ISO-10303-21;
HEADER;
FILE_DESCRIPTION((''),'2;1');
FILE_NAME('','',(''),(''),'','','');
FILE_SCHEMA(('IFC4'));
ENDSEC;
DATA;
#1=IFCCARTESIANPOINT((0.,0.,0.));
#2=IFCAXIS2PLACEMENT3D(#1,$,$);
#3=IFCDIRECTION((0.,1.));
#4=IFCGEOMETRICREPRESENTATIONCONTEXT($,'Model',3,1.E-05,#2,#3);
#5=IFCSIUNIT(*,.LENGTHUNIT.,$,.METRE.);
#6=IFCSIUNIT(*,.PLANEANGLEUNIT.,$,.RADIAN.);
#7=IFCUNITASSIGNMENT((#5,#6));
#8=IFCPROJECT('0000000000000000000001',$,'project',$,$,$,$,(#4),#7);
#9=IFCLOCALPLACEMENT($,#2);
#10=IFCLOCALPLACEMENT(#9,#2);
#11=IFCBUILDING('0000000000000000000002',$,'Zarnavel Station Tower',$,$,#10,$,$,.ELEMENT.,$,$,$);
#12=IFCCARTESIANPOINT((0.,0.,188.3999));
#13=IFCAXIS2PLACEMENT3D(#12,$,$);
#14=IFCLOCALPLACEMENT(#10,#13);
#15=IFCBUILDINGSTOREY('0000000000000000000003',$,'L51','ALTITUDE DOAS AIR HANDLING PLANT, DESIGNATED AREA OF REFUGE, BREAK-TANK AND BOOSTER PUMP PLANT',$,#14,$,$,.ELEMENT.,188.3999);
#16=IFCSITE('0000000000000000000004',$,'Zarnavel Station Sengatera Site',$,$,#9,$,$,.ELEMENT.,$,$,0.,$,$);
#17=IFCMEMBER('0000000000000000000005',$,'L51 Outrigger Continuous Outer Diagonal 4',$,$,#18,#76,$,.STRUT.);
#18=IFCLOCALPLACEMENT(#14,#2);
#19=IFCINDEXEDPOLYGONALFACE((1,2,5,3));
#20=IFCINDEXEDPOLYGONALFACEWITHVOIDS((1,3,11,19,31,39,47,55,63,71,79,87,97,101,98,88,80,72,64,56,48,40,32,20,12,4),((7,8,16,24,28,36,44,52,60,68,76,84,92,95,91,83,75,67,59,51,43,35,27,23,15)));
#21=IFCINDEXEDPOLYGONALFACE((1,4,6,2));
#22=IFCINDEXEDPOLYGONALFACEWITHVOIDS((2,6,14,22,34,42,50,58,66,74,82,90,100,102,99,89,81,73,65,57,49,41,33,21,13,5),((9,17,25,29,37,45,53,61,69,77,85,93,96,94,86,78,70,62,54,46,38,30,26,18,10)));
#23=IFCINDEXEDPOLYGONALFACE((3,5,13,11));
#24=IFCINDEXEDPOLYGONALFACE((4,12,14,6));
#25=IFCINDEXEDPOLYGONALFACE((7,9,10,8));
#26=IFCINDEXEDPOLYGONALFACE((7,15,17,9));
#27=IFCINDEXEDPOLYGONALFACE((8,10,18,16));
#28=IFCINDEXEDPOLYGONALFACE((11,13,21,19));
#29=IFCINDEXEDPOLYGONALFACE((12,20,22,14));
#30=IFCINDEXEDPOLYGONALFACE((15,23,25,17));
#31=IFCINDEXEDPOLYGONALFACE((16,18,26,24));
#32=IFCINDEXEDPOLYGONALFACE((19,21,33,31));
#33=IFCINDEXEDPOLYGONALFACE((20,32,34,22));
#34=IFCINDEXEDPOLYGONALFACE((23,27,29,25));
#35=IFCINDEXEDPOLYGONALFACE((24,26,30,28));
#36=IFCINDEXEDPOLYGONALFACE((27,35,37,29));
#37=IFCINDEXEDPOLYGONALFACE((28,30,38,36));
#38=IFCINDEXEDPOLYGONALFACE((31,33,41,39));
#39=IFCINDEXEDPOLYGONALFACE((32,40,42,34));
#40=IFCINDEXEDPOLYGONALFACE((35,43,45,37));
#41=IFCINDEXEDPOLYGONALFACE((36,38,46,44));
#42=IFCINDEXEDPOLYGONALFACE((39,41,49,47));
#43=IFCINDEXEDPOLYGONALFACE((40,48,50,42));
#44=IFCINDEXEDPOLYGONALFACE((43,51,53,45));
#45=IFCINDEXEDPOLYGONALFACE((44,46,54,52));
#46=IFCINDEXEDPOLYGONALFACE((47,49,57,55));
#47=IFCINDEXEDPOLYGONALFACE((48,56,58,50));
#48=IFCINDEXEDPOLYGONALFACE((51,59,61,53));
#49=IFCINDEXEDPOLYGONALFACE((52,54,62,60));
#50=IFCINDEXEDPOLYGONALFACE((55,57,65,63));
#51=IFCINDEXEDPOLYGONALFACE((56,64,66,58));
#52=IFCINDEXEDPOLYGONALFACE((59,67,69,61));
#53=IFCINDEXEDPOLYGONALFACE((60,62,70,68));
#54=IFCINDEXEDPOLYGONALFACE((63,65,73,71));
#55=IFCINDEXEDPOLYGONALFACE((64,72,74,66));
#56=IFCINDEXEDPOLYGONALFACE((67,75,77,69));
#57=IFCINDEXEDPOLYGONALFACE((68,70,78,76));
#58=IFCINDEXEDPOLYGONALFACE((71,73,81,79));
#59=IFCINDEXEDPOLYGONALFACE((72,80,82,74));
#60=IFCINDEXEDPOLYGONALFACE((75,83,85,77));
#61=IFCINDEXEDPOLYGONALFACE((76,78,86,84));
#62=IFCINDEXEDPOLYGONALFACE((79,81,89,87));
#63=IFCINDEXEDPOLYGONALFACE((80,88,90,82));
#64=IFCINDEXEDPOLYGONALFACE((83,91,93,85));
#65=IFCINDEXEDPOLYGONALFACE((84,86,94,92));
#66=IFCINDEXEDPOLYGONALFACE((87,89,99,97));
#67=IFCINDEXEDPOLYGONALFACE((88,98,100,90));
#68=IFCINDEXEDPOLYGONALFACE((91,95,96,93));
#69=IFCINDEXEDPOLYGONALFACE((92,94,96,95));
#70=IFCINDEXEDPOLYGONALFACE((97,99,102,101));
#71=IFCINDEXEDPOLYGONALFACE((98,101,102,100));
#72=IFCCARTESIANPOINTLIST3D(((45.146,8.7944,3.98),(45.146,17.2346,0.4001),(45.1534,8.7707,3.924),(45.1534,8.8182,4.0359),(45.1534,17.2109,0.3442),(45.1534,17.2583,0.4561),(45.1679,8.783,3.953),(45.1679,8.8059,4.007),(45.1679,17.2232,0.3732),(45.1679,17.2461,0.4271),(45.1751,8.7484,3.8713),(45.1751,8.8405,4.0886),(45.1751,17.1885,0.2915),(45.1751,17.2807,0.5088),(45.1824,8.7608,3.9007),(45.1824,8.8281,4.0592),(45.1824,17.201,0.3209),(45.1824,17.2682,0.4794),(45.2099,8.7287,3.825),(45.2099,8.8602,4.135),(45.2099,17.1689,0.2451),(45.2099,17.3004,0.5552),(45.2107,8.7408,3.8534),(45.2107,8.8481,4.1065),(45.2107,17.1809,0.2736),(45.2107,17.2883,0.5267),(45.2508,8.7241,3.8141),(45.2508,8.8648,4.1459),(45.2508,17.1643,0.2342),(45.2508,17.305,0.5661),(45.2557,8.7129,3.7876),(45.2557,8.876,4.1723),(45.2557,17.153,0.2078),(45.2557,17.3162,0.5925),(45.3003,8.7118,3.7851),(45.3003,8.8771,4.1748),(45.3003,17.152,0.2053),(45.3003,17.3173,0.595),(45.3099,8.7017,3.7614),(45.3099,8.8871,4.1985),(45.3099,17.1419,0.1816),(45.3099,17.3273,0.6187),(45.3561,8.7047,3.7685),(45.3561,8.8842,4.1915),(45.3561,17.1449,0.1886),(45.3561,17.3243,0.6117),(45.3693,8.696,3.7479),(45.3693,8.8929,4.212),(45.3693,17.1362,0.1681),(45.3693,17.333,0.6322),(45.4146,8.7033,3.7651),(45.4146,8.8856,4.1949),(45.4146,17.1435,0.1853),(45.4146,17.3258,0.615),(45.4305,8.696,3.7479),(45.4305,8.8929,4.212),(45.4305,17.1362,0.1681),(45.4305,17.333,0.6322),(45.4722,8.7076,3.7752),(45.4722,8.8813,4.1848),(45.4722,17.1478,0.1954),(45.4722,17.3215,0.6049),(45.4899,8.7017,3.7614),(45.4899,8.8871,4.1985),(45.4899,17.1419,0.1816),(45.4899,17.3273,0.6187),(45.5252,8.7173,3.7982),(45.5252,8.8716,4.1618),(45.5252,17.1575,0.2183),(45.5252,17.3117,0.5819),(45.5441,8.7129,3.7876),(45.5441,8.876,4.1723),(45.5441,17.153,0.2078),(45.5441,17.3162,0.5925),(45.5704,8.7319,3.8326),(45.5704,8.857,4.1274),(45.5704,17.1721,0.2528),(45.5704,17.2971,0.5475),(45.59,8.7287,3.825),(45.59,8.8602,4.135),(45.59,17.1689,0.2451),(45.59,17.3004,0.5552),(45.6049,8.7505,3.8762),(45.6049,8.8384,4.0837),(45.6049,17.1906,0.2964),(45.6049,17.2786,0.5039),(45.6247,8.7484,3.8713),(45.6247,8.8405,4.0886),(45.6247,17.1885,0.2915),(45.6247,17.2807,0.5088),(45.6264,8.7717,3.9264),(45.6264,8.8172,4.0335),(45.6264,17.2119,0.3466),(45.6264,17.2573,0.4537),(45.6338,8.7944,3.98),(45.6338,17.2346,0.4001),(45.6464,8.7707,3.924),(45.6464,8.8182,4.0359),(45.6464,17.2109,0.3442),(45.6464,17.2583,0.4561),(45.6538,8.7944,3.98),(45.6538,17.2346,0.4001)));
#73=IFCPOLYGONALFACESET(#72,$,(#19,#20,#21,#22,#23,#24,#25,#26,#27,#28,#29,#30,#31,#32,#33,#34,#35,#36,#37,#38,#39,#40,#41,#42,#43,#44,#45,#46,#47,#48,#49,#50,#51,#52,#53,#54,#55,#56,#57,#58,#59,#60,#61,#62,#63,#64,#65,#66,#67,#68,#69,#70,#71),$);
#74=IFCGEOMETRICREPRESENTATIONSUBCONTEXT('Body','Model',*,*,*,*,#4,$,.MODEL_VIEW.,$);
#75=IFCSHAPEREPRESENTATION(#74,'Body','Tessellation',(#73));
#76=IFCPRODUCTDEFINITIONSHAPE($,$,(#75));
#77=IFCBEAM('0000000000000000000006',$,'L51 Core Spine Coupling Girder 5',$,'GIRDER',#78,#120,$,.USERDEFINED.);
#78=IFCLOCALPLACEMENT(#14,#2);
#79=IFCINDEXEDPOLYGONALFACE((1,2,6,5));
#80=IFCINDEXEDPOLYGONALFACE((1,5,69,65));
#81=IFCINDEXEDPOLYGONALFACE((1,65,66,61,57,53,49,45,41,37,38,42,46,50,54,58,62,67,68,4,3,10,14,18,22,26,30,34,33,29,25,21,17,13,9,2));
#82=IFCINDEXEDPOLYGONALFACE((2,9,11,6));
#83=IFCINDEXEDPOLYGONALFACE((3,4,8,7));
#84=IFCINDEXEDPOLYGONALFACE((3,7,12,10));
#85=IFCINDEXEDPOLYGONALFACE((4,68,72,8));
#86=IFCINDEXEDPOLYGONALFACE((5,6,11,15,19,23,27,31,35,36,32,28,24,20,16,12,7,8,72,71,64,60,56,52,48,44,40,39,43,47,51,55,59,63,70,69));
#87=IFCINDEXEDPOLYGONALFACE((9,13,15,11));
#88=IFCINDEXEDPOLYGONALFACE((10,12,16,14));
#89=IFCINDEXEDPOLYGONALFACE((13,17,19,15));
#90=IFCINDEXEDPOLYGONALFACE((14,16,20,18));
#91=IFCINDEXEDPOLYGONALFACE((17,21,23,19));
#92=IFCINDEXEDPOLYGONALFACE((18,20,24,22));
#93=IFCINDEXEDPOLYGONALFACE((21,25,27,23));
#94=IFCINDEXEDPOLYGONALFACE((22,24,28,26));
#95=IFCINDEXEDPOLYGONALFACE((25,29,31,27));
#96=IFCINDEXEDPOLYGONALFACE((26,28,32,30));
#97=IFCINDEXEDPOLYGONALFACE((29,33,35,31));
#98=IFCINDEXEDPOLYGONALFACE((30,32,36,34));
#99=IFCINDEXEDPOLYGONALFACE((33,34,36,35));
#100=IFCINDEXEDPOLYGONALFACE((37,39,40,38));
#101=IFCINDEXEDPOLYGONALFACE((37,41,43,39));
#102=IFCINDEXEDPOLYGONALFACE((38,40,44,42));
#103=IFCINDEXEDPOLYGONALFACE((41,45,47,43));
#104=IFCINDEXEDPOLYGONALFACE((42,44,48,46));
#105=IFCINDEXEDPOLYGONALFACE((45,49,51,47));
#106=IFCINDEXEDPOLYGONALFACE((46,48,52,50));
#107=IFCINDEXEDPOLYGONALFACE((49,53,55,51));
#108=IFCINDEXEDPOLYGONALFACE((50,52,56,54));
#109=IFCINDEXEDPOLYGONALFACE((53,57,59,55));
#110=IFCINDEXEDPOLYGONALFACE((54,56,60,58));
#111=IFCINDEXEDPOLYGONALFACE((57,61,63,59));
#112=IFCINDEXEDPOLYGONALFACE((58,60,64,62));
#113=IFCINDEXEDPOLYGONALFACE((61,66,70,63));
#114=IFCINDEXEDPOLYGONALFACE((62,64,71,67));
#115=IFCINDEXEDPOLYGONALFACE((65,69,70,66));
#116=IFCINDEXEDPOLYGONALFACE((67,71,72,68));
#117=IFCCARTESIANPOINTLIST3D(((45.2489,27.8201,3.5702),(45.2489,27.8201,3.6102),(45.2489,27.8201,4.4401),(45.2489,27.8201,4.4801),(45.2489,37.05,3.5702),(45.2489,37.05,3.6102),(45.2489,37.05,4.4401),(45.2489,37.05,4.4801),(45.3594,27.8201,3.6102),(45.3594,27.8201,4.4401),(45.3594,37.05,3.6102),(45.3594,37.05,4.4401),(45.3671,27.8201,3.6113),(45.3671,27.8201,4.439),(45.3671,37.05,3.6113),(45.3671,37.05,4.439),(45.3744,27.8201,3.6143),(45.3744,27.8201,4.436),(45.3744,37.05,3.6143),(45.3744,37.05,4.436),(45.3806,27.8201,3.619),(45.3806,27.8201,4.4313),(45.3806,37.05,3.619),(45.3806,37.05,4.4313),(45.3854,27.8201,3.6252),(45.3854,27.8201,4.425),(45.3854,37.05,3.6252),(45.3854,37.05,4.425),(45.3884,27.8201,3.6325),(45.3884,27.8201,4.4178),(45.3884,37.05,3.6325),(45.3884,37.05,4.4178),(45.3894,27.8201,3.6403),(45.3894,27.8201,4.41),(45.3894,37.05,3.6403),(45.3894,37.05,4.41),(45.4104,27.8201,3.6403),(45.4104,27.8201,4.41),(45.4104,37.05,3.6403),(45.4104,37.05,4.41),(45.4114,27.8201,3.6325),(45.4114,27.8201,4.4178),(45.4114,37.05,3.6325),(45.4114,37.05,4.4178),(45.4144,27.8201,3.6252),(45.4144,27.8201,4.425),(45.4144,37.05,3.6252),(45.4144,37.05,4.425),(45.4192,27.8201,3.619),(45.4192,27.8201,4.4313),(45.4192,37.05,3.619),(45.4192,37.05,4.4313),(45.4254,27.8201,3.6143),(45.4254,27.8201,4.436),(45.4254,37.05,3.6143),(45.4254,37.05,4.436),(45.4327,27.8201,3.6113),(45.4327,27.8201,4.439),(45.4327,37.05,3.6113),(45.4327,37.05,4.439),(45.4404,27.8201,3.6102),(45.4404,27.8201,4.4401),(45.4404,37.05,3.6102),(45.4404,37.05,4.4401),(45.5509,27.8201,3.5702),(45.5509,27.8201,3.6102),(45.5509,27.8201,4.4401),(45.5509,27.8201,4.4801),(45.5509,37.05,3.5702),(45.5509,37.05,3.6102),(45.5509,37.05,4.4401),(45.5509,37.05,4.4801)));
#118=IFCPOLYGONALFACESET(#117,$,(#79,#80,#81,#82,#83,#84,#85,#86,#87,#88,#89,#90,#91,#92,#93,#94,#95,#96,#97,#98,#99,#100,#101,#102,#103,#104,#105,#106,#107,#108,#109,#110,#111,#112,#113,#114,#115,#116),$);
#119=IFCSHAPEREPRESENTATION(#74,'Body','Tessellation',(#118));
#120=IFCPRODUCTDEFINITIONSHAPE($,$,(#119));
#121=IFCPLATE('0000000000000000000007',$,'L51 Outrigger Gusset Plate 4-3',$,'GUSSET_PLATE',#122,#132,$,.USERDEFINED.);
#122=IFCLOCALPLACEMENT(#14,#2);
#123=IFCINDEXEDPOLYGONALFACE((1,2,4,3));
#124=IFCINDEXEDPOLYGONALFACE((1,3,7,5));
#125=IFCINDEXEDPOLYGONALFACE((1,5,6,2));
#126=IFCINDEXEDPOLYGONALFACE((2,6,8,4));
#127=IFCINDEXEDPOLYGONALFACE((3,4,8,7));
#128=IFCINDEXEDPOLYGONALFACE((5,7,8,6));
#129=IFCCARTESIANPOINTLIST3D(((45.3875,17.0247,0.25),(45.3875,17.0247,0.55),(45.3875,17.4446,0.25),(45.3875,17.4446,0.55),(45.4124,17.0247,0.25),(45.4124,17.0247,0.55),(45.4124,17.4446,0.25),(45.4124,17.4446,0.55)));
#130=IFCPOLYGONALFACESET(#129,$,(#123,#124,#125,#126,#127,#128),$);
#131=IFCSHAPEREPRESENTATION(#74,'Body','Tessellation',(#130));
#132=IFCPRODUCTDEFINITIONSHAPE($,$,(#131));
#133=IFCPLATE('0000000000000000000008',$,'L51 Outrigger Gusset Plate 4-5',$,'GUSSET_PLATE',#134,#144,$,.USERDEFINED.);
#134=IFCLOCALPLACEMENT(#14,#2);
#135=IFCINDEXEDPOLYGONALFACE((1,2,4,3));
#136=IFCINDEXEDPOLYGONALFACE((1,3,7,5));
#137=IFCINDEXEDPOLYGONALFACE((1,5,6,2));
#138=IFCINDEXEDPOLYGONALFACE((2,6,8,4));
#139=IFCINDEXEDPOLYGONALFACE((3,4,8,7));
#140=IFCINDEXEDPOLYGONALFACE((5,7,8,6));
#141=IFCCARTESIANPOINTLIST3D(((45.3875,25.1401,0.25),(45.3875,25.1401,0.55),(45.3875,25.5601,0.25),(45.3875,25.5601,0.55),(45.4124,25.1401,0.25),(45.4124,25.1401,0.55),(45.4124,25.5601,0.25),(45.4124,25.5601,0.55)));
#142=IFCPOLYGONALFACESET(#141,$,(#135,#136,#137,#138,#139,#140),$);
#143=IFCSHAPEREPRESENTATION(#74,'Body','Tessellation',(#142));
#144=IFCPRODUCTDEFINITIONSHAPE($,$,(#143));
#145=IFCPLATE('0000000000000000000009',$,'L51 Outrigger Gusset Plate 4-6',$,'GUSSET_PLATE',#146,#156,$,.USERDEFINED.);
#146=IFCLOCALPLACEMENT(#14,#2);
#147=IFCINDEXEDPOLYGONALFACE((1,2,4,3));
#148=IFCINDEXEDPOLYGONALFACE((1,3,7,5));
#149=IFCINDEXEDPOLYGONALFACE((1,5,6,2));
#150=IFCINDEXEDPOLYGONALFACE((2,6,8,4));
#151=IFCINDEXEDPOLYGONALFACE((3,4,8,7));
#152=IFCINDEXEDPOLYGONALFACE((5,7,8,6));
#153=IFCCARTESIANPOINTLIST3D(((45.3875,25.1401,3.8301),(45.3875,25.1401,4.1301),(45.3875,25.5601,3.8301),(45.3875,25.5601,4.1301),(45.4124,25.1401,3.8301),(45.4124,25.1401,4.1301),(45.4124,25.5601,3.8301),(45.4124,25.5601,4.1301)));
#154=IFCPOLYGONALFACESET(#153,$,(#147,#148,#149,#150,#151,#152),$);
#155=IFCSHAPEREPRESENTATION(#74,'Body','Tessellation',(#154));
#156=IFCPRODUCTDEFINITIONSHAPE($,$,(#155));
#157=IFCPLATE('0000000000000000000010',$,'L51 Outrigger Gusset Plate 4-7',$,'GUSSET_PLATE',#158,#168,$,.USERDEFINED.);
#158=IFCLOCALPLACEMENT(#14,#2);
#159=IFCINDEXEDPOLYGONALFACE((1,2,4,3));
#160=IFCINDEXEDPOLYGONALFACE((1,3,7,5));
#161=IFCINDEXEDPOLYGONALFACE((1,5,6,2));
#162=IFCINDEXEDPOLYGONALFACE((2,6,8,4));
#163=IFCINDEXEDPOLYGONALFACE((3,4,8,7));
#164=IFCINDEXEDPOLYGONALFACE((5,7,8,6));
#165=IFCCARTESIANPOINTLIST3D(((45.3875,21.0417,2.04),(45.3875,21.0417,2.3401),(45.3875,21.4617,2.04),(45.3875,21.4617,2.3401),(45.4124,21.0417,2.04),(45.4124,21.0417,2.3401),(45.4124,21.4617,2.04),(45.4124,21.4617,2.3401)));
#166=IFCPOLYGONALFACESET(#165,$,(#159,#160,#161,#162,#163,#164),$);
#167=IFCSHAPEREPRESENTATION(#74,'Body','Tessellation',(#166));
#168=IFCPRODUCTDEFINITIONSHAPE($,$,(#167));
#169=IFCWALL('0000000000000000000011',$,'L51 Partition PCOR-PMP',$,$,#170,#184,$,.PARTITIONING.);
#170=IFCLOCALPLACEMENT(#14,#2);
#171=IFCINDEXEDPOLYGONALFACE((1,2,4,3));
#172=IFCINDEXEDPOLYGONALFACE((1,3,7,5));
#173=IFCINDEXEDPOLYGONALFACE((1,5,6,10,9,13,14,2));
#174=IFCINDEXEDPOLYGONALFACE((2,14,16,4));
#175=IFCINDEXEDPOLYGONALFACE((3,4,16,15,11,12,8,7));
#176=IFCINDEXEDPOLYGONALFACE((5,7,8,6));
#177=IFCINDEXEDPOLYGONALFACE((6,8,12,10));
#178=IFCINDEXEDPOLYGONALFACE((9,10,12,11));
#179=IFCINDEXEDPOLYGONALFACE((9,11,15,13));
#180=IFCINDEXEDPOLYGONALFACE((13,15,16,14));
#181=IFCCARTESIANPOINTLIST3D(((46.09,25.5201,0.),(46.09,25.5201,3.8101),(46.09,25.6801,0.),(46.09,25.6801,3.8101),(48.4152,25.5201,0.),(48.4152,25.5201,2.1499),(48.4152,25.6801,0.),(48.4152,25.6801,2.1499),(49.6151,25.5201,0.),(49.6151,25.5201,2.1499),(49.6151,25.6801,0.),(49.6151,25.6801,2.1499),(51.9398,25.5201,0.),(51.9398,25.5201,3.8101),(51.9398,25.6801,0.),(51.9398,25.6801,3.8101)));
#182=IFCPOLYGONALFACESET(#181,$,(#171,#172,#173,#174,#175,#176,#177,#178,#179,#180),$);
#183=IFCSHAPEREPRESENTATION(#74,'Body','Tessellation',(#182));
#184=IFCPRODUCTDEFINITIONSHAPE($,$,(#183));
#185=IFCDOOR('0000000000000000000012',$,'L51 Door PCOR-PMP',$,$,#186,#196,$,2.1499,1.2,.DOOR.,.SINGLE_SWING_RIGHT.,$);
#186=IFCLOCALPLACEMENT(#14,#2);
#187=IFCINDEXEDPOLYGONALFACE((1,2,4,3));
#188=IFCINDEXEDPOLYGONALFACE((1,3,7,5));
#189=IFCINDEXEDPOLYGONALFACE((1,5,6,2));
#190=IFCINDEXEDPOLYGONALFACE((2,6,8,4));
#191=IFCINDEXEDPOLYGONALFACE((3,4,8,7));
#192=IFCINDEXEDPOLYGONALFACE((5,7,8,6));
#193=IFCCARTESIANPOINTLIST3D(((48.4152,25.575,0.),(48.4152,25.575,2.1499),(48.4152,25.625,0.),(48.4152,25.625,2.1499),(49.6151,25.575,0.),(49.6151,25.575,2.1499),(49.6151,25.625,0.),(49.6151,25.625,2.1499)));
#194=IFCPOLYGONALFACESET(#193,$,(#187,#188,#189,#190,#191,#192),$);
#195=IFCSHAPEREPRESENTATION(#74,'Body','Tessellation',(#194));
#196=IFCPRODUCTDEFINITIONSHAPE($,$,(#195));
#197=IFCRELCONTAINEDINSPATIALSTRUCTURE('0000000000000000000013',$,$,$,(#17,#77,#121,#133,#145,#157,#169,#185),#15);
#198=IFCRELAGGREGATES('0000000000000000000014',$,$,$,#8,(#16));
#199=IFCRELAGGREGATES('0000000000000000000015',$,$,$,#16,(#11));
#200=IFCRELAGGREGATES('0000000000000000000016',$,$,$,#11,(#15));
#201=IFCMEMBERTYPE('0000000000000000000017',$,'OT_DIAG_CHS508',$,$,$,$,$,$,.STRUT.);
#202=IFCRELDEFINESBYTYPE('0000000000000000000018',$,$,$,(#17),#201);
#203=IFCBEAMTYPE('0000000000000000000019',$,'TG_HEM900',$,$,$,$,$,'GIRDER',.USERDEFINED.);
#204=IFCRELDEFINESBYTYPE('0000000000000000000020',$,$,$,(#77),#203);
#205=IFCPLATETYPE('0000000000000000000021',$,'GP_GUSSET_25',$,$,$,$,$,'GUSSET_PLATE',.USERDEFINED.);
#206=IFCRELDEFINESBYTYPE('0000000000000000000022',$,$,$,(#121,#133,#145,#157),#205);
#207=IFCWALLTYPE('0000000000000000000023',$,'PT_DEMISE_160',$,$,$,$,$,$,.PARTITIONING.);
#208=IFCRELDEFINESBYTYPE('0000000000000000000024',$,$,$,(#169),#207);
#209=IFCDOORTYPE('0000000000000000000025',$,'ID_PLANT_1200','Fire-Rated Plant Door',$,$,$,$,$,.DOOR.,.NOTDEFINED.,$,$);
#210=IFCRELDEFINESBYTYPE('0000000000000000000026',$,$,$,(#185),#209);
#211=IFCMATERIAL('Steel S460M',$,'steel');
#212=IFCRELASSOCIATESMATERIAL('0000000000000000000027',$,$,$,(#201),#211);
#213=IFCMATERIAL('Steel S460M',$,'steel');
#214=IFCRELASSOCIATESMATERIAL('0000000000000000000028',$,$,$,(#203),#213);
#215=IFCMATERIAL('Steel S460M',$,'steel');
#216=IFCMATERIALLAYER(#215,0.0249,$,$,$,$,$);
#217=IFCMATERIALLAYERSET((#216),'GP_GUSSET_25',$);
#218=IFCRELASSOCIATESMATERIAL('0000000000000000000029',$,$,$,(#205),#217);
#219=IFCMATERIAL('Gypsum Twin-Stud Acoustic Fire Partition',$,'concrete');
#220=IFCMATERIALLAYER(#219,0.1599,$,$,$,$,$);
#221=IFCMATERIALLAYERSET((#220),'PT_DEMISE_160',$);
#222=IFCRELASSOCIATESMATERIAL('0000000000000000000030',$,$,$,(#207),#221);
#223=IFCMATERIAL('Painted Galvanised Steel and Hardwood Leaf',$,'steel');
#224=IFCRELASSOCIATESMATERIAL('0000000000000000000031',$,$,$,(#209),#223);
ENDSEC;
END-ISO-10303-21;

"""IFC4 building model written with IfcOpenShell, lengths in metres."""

from ifc_helpers import new_model, si_unit, direction, frame, frame_2d, origin, origin_2d, place, context, subcontext, project, spatial, rectangle, hollow_circle, i_section, extrude, material, layer, layer_set, material_profile, profile_set, type_object, element, fill, save


model = new_model("IFC4")

# Units and contexts
model_context = context("Model", 3, precision=1e-05, world=origin(), true_north=direction((0.0, 1.0)))
body_context = subcontext(model_context, "Body", "Model", "MODEL_VIEW")
ifc_project = project(units=[si_unit("LENGTHUNIT", "METRE"), si_unit("PLANEANGLEUNIT", "RADIAN")], contexts=[model_context])

# Site, building, storey
site_placement = place(None, origin())
site = spatial("IfcSite", under=ifc_project, at=site_placement, Name="Zarnavel Station Sengatera Site", CompositionType="ELEMENT", RefElevation=0.0)
building_placement = place(site_placement, origin())
building = spatial("IfcBuilding", under=site, at=building_placement, Name="Zarnavel Station Tower", CompositionType="ELEMENT")
storey_placement = place(building_placement, frame((0.0, 0.0, 188.3999)))
storey = spatial("IfcBuildingStorey", under=building, at=storey_placement, Name="L51", Description="ALTITUDE DOAS AIR HANDLING PLANT, DESIGNATED AREA OF REFUGE, BREAK-TANK AND BOOSTER PUMP PLANT", CompositionType="ELEMENT", Elevation=188.3999)

# Member
ifc_material_1 = material(Name="Steel S460M", Category="steel")
ifc_material_profile_1 = material_profile(ifc_material_1, hollow_circle(Radius=0.2539, WallThickness=0.02, at=origin_2d()), Name="CHS508x20")
ifc_profile_set_1 = profile_set([ifc_material_profile_1], Name="Steel S460M")
member_type_1 = type_object("IfcMemberType", Name="OT_DIAG_CHS508", PredefinedType="STRUT", material=ifc_profile_set_1)
member_1_placement = place(storey_placement, frame((45.3999, 17.2346, 0.4001), z_axis=(0.0, -0.920615, 0.390471), x_axis=(1.0, 0.0, 0.0)))
element("IfcMember", 1, at=member_1_placement, inside=storey, type_object=member_type_1, Name="L51 Outrigger Continuous Outer Diagonal 4", PredefinedType="STRUT", context=body_context, shape_type="SweptSolid", body=[
    extrude(hollow_circle(Radius=0.2539, WallThickness=0.02, at=origin_2d()), origin(), (0.0, 0.0, 1.0), 9.168),
])

# Beam
ifc_material_2 = material(Name="Steel S460M", Category="steel")
ifc_material_profile_2 = material_profile(ifc_material_2, i_section(OverallWidth=0.302, OverallDepth=0.9099, WebThickness=0.021, FlangeThickness=0.04, FilletRadius=0.03, at=origin_2d()), Name="HEM900")
ifc_profile_set_2 = profile_set([ifc_material_profile_2], Name="Steel S460M")
beam_type_1 = type_object("IfcBeamType", Name="TG_HEM900", ElementType="GIRDER", PredefinedType="USERDEFINED", material=ifc_profile_set_2)
beam_1_placement = place(storey_placement, frame((45.3999, 27.8201, 4.0251), z_axis=(0.0, 1.0, 0.0), x_axis=(-1.0, 0.0, 0.0)))
element("IfcBeam", 2, at=beam_1_placement, inside=storey, type_object=beam_type_1, Name="L51 Core Spine Coupling Girder 5", ObjectType="GIRDER", PredefinedType="USERDEFINED", context=body_context, shape_type="SweptSolid", body=[
    extrude(i_section(OverallWidth=0.302, OverallDepth=0.9099, WebThickness=0.021, FlangeThickness=0.04, FilletRadius=0.03, at=origin_2d()), origin(), (0.0, 0.0, 1.0), 9.23),
])

# Plates
ifc_material_3 = material(Name="Steel S460M", Category="steel")
ifc_layer_1 = layer(ifc_material_3, 0.0249)
ifc_layer_set_1 = layer_set([ifc_layer_1], Name="GP_GUSSET_25")
plate_type = type_object("IfcPlateType", Name="GP_GUSSET_25", ElementType="GUSSET_PLATE", PredefinedType="USERDEFINED", material=ifc_layer_set_1)
for number, where, z_axis, x_axis, name in (
    (3, (45.3999, 17.2346, 0.25), (0.0, 0.0, 1.0), (1.0, 0.0, 0.0), "L51 Outrigger Gusset Plate 4-3"),
    (4, (45.3999, 25.3501, 0.25), (0.0, 0.0, 1.0), (1.0, 0.0, 0.0), "L51 Outrigger Gusset Plate 4-5"),
    (5, (45.3999, 25.3501, 3.8301), (0.0, 0.0, 1.0), (1.0, 0.0, 0.0), "L51 Outrigger Gusset Plate 4-6"),
    (6, (45.3999, 21.2517, 2.04), (0.0, 0.0, 1.0), (1.0, 0.0, 0.0), "L51 Outrigger Gusset Plate 4-7"),
):
    element("IfcPlate", number, at=place(storey_placement, frame(where, z_axis=z_axis, x_axis=x_axis)), inside=storey, type_object=plate_type, Name=name, ObjectType="GUSSET_PLATE", PredefinedType="USERDEFINED", context=body_context, shape_type="SweptSolid", body=[
        extrude(rectangle(XDim=0.0249, YDim=0.4199, at=origin_2d()), origin(), (0.0, 0.0, 1.0), 0.3),
    ])

# Wall, opening, door
ifc_material_4 = material(Name="Gypsum Twin-Stud Acoustic Fire Partition", Category="concrete")
ifc_layer_2 = layer(ifc_material_4, 0.1599)
ifc_layer_set_2 = layer_set([ifc_layer_2], Name="PT_DEMISE_160")
wall_type = type_object("IfcWallType", Name="PT_DEMISE_160", PredefinedType="PARTITIONING", material=ifc_layer_set_2)
wall_1_placement = place(storey_placement, frame((46.0901, 25.6001, 0.0), z_axis=(0.0, 0.0, 1.0), x_axis=(1.0, 0.0, 0.0)))
wall_1 = element("IfcWall", 7, at=wall_1_placement, inside=storey, type_object=wall_type, Name="L51 Partition PCOR-PMP", PredefinedType="PARTITIONING", context=body_context, shape_type="SweptSolid", body=[
    extrude(rectangle(XDim=5.8499, YDim=0.1599, at=frame_2d((2.9248, 0.0))), origin(), (0.0, 0.0, 1.0), 3.8101),
])
opening_placement = place(wall_1_placement, frame((2.325, 0.0, 0.0)))
opening = element("IfcOpeningElement", 8, at=opening_placement, cuts=wall_1, PredefinedType="OPENING", context=body_context, shape_type="SweptSolid", body=[
    extrude(rectangle(XDim=1.2, YDim=2.1499, at=frame_2d((0.6001, 1.075))), frame((0.0, 0.0898, 0.0), z_axis=(0.0, -1.0, 0.0), x_axis=(1.0, 0.0, 0.0)), (0.0, 0.0, 1.0), 0.1799),
])
ifc_material_5 = material(Name="Painted Galvanised Steel and Hardwood Leaf", Category="steel")
door_type = type_object("IfcDoorType", Name="ID_PLANT_1200", Description="Fire-Rated Plant Door", OperationType="NOTDEFINED", PredefinedType="DOOR", material=ifc_material_5)
door_placement = place(opening_placement, origin())
door = element("IfcDoor", 9, at=door_placement, inside=storey, type_object=door_type, Name="L51 Door PCOR-PMP", OperationType="SINGLE_SWING_RIGHT", OverallHeight=2.1499, OverallWidth=1.2, PredefinedType="DOOR", context=body_context, shape_type="SweptSolid", body=[
    extrude(rectangle(XDim=1.2, YDim=2.1499, at=frame_2d((0.6001, 1.075))), frame((0.0, 0.0249, 0.0), z_axis=(0.0, -1.0, 0.0), x_axis=(1.0, 0.0, 0.0)), (0.0, 0.0, 1.0), 0.05),
])
fill(opening, door)

save(model, "model.ifc")
